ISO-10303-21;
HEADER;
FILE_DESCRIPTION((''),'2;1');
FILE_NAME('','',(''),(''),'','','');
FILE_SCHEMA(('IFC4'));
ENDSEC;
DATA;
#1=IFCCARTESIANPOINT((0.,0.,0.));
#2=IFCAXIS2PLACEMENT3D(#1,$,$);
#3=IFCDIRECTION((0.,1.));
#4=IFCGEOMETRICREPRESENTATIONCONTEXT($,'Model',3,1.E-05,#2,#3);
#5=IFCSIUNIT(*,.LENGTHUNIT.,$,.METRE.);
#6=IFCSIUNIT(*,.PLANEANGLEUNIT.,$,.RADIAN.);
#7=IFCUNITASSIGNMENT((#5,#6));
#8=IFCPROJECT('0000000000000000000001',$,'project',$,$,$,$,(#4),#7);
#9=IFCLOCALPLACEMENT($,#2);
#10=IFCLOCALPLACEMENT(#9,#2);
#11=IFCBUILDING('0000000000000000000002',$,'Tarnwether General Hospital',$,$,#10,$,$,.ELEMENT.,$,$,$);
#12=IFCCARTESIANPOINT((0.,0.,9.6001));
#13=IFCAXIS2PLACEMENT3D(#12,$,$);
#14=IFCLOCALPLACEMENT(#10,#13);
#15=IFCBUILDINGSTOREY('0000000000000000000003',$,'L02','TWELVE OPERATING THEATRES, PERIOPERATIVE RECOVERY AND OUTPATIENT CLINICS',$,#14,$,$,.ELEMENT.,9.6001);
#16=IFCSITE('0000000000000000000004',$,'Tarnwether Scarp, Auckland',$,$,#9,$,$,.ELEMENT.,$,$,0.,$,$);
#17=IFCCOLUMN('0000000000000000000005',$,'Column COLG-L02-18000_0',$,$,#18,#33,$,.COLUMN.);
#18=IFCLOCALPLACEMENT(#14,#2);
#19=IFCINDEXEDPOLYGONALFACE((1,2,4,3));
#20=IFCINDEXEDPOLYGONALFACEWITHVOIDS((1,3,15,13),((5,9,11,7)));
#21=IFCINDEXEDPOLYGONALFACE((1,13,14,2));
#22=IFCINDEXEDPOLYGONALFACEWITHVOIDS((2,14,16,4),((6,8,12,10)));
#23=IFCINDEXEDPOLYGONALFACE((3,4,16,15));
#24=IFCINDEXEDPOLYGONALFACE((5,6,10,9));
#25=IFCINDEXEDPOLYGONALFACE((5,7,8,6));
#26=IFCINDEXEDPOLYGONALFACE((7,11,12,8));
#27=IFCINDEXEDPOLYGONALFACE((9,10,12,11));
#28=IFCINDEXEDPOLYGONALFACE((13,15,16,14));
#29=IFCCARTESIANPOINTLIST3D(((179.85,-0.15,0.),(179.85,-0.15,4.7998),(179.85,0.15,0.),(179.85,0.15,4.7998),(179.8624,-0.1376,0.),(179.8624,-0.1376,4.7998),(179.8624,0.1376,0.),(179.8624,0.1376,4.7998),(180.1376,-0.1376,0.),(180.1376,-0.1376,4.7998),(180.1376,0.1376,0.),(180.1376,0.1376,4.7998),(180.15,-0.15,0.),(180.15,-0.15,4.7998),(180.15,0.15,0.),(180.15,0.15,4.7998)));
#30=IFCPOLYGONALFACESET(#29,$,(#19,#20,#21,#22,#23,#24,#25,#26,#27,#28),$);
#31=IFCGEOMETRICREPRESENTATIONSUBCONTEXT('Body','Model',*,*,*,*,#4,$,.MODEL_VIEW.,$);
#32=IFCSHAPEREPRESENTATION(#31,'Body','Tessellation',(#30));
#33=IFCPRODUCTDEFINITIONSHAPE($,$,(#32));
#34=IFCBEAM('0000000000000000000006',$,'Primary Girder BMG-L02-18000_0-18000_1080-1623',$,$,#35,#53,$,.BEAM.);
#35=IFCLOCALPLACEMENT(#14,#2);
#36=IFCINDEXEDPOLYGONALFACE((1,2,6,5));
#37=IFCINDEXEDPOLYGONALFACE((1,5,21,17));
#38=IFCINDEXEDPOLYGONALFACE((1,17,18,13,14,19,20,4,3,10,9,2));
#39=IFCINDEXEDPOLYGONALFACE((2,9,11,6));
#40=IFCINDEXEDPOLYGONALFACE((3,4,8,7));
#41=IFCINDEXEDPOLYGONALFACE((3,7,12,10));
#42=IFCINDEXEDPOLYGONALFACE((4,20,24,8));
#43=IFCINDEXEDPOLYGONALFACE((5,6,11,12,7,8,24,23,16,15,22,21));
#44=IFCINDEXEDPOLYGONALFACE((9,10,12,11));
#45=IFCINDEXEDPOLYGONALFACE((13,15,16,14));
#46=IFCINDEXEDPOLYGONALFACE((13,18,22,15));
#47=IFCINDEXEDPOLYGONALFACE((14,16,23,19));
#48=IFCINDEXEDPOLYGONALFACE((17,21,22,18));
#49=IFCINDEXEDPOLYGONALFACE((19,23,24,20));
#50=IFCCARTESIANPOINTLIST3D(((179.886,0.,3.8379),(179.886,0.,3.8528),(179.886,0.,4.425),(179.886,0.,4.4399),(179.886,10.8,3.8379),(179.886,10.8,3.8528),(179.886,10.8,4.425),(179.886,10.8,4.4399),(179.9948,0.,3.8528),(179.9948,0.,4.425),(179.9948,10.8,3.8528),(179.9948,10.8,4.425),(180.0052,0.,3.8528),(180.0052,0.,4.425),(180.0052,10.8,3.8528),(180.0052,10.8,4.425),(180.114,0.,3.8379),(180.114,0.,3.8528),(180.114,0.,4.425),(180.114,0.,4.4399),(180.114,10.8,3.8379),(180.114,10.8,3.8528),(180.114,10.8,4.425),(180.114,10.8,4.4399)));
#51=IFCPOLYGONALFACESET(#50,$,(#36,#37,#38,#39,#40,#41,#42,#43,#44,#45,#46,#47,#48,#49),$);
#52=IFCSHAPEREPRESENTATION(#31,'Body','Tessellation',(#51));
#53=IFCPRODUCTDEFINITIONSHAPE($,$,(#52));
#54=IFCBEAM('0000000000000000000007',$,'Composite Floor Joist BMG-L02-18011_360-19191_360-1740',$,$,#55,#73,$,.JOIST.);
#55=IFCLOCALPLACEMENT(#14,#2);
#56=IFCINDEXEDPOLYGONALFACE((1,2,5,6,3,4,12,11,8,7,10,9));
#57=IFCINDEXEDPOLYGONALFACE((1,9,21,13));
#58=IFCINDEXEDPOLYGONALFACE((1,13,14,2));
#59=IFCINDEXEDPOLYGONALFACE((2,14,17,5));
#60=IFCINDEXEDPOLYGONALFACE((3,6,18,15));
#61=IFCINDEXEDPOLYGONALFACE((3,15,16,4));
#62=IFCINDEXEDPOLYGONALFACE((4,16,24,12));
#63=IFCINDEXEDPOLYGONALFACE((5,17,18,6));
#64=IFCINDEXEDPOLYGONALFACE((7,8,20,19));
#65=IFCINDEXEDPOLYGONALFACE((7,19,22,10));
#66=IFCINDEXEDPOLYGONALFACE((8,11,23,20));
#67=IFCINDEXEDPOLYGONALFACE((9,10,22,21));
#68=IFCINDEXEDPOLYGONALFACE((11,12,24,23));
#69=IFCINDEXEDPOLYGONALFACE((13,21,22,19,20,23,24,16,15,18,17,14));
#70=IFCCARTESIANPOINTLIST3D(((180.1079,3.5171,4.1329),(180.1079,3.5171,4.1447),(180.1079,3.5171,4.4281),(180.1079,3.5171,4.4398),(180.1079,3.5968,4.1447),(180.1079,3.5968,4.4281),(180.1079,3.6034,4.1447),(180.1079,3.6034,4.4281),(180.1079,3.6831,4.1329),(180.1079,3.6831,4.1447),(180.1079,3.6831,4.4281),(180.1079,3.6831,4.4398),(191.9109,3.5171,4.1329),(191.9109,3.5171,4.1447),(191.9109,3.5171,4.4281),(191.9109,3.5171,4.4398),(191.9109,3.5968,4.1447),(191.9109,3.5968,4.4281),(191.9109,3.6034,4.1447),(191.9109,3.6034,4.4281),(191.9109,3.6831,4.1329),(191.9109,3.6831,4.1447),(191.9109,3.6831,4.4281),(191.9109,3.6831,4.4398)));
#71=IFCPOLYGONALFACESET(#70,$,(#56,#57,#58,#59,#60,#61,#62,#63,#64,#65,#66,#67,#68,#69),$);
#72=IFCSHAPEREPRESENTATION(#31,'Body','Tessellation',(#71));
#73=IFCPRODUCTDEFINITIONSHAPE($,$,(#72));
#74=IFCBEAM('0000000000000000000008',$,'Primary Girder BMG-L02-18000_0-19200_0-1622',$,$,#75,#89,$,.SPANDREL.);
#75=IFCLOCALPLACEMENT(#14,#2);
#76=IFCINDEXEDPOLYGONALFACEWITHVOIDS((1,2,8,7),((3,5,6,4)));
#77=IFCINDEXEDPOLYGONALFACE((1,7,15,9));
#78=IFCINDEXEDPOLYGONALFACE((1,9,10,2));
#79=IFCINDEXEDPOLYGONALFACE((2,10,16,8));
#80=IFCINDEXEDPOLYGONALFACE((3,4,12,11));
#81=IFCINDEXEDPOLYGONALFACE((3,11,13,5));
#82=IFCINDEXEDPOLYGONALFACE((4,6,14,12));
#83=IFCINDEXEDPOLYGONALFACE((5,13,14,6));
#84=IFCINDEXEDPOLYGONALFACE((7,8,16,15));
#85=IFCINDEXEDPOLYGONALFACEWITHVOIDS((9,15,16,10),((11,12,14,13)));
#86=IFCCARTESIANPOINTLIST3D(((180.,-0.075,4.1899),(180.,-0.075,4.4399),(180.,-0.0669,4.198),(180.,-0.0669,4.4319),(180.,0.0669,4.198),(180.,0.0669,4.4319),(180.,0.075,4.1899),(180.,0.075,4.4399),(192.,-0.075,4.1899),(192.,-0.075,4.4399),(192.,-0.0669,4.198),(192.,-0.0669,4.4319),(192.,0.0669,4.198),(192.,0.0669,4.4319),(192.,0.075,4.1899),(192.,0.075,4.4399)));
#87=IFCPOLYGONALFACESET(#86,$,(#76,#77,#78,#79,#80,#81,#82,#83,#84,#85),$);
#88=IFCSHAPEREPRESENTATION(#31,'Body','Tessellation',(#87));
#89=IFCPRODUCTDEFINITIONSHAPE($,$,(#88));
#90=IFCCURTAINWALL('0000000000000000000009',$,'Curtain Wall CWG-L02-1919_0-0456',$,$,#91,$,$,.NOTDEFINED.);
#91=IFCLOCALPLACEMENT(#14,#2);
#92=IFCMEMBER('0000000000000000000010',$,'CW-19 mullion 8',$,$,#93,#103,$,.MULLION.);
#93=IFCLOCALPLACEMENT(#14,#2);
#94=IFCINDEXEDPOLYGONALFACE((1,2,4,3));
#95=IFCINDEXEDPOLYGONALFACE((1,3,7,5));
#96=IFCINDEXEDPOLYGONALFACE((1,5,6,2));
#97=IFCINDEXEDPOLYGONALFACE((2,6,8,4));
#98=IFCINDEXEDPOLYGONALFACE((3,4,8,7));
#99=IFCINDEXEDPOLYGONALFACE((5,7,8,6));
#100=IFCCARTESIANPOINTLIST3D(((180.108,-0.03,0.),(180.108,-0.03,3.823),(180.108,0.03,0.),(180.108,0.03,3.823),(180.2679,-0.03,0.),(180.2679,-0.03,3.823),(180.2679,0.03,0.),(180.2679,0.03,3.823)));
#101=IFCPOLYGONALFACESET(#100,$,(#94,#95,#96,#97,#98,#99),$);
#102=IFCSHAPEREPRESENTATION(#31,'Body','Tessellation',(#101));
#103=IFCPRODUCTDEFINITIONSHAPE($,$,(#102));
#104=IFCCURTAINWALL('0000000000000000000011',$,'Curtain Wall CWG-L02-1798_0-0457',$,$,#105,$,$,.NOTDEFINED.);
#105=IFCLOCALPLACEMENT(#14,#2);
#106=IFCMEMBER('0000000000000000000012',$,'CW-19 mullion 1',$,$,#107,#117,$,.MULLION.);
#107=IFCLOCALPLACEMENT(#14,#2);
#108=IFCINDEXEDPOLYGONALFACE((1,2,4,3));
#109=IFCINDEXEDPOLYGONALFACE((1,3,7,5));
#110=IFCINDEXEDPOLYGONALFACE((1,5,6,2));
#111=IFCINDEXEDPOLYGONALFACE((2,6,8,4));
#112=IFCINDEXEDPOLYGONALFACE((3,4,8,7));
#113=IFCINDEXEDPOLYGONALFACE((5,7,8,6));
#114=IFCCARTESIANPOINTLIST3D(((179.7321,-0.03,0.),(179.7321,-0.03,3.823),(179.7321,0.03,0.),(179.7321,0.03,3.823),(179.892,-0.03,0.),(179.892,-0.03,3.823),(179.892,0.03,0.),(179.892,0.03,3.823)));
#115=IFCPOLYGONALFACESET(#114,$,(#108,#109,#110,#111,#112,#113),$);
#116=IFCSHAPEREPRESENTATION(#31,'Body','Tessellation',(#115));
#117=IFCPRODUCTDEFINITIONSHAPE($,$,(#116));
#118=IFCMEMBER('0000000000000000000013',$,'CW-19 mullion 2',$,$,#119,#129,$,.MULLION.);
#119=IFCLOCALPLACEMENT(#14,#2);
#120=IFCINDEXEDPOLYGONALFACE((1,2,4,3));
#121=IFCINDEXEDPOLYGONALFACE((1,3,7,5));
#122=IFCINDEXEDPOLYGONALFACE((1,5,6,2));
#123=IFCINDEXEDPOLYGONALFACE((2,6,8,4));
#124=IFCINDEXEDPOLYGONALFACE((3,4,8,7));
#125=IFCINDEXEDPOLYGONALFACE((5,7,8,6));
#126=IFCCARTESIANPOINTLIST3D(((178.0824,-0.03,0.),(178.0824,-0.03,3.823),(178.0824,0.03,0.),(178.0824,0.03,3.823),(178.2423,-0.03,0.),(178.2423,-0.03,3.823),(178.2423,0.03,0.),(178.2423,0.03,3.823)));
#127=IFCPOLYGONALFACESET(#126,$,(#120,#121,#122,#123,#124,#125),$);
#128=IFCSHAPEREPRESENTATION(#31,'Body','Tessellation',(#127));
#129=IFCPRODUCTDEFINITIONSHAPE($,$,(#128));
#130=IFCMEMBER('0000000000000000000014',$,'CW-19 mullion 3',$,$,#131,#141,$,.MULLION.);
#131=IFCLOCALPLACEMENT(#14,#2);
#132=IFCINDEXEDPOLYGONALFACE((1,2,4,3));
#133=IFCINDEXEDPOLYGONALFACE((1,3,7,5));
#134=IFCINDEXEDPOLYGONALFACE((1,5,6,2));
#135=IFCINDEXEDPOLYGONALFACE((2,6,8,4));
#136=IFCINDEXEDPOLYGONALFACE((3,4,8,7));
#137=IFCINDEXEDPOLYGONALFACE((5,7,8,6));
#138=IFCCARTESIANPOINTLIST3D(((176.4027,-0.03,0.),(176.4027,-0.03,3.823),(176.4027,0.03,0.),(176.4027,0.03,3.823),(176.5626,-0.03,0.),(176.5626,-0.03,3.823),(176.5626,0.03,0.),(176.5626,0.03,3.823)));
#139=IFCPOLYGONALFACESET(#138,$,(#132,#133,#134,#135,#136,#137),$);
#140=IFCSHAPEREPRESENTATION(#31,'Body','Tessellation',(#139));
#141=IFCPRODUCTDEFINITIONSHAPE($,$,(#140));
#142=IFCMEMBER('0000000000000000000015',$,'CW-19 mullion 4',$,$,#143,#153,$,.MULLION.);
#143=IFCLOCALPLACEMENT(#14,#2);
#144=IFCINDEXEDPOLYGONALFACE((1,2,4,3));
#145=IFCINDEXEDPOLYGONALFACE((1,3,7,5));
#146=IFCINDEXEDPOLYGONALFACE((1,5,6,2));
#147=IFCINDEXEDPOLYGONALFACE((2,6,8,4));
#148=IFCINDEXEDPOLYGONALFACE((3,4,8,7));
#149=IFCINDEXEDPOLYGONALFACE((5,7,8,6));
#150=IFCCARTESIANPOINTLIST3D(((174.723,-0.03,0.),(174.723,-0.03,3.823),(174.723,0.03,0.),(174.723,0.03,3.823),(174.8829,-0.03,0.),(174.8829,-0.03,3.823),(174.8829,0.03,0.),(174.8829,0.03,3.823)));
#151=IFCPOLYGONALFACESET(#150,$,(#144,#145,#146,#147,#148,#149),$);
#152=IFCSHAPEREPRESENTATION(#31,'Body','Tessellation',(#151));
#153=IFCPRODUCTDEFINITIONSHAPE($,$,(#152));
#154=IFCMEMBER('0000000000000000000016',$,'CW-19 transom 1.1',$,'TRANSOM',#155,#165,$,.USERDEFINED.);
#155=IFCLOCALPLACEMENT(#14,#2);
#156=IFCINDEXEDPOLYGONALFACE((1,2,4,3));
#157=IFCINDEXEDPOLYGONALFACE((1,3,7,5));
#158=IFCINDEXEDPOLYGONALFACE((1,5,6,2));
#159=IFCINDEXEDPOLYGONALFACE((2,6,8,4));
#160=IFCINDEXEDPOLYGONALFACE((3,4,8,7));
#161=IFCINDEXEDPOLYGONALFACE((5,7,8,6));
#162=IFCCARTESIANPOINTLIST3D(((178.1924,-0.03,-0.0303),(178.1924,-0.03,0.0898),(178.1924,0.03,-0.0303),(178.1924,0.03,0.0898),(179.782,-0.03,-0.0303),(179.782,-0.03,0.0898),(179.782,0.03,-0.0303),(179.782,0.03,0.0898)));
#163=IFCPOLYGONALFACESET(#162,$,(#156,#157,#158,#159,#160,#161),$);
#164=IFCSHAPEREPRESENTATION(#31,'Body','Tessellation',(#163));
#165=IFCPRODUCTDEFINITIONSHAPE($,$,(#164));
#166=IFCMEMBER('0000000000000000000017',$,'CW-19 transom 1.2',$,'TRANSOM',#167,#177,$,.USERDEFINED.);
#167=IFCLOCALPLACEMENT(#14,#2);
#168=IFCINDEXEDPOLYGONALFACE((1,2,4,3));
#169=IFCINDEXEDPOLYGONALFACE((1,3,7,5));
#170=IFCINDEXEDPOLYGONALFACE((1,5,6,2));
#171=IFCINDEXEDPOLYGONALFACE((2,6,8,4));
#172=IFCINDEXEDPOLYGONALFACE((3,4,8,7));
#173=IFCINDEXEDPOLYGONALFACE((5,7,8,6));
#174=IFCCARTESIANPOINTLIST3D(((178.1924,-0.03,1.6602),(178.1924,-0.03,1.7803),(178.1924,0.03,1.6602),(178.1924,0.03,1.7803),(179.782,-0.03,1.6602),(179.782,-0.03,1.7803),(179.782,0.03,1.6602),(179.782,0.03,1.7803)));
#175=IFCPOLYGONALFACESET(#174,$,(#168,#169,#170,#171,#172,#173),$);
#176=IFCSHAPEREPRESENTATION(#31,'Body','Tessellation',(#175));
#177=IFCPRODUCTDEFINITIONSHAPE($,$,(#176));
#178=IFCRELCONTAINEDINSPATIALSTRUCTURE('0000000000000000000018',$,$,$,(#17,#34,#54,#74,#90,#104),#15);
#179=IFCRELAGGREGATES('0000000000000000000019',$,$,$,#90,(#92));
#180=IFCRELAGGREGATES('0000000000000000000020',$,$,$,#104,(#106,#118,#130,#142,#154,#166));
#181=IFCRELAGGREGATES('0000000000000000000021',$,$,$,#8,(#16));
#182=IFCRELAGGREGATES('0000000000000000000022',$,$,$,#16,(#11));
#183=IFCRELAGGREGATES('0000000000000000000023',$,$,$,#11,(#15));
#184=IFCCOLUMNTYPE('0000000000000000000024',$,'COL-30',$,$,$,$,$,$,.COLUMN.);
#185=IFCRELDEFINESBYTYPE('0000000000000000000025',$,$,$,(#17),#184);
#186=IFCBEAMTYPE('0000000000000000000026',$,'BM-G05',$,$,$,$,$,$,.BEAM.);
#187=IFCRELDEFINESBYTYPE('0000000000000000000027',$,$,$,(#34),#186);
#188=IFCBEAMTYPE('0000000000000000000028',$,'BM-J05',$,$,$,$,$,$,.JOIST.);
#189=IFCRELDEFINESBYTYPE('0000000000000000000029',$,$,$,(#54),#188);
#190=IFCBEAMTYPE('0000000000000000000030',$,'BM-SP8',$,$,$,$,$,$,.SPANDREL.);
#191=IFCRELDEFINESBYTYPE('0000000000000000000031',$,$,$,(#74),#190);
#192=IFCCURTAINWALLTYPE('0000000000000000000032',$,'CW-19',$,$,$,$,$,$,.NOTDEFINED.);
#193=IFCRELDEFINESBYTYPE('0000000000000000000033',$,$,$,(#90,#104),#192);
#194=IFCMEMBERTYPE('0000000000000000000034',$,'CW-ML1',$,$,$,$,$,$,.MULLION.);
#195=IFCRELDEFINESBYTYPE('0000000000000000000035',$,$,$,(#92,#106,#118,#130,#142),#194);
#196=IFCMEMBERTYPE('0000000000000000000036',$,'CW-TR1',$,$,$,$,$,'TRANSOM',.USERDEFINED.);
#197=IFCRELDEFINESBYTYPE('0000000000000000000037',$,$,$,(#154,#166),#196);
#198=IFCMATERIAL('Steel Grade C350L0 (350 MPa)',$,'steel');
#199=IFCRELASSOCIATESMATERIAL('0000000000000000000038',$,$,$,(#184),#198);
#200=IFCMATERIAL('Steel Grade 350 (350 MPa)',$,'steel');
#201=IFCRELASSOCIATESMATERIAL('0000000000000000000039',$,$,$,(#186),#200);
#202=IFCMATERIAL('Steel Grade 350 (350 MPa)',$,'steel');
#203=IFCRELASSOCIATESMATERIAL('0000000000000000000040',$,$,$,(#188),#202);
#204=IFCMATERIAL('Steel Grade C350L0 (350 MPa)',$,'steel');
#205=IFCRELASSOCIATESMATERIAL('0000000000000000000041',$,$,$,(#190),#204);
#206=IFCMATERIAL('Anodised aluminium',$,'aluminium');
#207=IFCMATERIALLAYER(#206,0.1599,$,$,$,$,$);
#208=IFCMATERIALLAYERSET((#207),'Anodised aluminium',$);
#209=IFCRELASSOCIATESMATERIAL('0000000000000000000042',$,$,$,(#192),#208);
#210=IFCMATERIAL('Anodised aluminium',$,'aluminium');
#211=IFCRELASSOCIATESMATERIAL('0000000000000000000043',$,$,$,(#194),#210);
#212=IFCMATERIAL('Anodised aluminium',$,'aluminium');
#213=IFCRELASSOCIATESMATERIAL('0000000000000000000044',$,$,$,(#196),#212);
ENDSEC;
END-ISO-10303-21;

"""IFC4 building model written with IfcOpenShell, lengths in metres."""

from ifc_helpers import new_model, si_unit, direction, frame, origin, origin_2d, place, context, subcontext, project, spatial, rectangle, hollow_rectangle, i_section, extrude, material, layer, layer_set, material_profile, profile_set, type_object, element, aggregate, save


model = new_model("IFC4")

# Units and contexts
model_context = context("Model", 3, precision=1e-05, world=origin(), true_north=direction((0.0, 1.0)))
body_context = subcontext(model_context, "Body", "Model", "MODEL_VIEW")
ifc_project = project(units=[si_unit("LENGTHUNIT", "METRE"), si_unit("PLANEANGLEUNIT", "RADIAN")], contexts=[model_context])

# Site, building, storey
site_placement = place(None, origin())
site = spatial("IfcSite", under=ifc_project, at=site_placement, Name="Tarnwether Scarp, Auckland", CompositionType="ELEMENT", RefElevation=0.0)
building_placement = place(site_placement, origin())
building = spatial("IfcBuilding", under=site, at=building_placement, Name="Tarnwether General Hospital", CompositionType="ELEMENT")
storey_placement = place(building_placement, frame((0.0, 0.0, 9.6001)))
storey = spatial("IfcBuildingStorey", under=building, at=storey_placement, Name="L02", Description="TWELVE OPERATING THEATRES, PERIOPERATIVE RECOVERY AND OUTPATIENT CLINICS", CompositionType="ELEMENT", Elevation=9.6001)

# Column
ifc_material_1 = material(Name="Steel Grade C350L0 (350 MPa)", Category="steel")
ifc_material_profile_1 = material_profile(ifc_material_1, hollow_rectangle(XDim=0.3, YDim=0.3, WallThickness=0.0125, at=origin_2d()), Name="SHS300x300x12.5")
ifc_profile_set_1 = profile_set([ifc_material_profile_1], Name="Steel Grade C350L0 (350 MPa)")
column_type = type_object("IfcColumnType", Name="COL-30", PredefinedType="COLUMN", material=ifc_profile_set_1)
column_placement = place(storey_placement, frame((180.0, 0.0, 0.0), z_axis=(0.0, 0.0, 1.0), x_axis=(0.0, 1.0, 0.0)))
element("IfcColumn", 1, at=column_placement, inside=storey, type_object=column_type, Name="Column COLG-L02-18000_0", PredefinedType="COLUMN", context=body_context, shape_type="SweptSolid", body=[
    extrude(hollow_rectangle(XDim=0.3, YDim=0.3, WallThickness=0.0125, at=origin_2d()), origin(), (0.0, 0.0, 1.0), 4.7998),
])

# Beams
ifc_material_2 = material(Name="Steel Grade 350 (350 MPa)", Category="steel")
ifc_material_profile_2 = material_profile(ifc_material_2, i_section(OverallWidth=0.228, OverallDepth=0.6021, WebThickness=0.0105, FlangeThickness=0.0149, at=origin_2d()), Name="610UB101")
ifc_profile_set_2 = profile_set([ifc_material_profile_2], Name="Steel Grade 350 (350 MPa)")
beam_type_1 = type_object("IfcBeamType", Name="BM-G05", PredefinedType="BEAM", material=ifc_profile_set_2)
beam_1_placement = place(storey_placement, frame((180.0, 0.0, 4.1389), z_axis=(0.0, 1.0, 0.0), x_axis=(-1.0, 0.0, 0.0)))
element("IfcBeam", 2, at=beam_1_placement, inside=storey, type_object=beam_type_1, Name="Primary Girder BMG-L02-18000_0-18000_1080-1623", PredefinedType="BEAM", context=body_context, shape_type="SweptSolid", body=[
    extrude(i_section(OverallWidth=0.228, OverallDepth=0.6021, WebThickness=0.0105, FlangeThickness=0.0149, at=origin_2d()), origin(), (0.0, 0.0, 1.0), 10.8),
])
ifc_material_3 = material(Name="Steel Grade 350 (350 MPa)", Category="steel")
ifc_material_profile_3 = material_profile(ifc_material_3, i_section(OverallWidth=0.166, OverallDepth=0.3069, WebThickness=0.0066, FlangeThickness=0.0117, at=origin_2d()), Name="310UB46.2")
ifc_profile_set_3 = profile_set([ifc_material_profile_3], Name="Steel Grade 350 (350 MPa)")
beam_type_2 = type_object("IfcBeamType", Name="BM-J05", PredefinedType="JOIST", material=ifc_profile_set_3)
beam_2_placement = place(storey_placement, frame((180.1079, 3.6001, 4.2864), z_axis=(1.0, 0.0, 0.0), x_axis=(0.0, 1.0, 0.0)))
element("IfcBeam", 3, at=beam_2_placement, inside=storey, type_object=beam_type_2, Name="Composite Floor Joist BMG-L02-18011_360-19191_360-1740", PredefinedType="JOIST", context=body_context, shape_type="SweptSolid", body=[
    extrude(i_section(OverallWidth=0.166, OverallDepth=0.3069, WebThickness=0.0066, FlangeThickness=0.0117, at=origin_2d()), origin(), (0.0, 0.0, 1.0), 11.803),
])
ifc_material_4 = material(Name="Steel Grade C350L0 (350 MPa)", Category="steel")
ifc_material_profile_4 = material_profile(ifc_material_4, hollow_rectangle(XDim=0.1499, YDim=0.25, WallThickness=0.0081, at=origin_2d()), Name="RHS250x150x8")
ifc_profile_set_4 = profile_set([ifc_material_profile_4], Name="Steel Grade C350L0 (350 MPa)")
beam_type_3 = type_object("IfcBeamType", Name="BM-SP8", PredefinedType="SPANDREL", material=ifc_profile_set_4)
beam_3_placement = place(storey_placement, frame((180.0, 0.0, 4.3149), z_axis=(1.0, 0.0, 0.0), x_axis=(0.0, 1.0, 0.0)))
element("IfcBeam", 4, at=beam_3_placement, inside=storey, type_object=beam_type_3, Name="Primary Girder BMG-L02-18000_0-19200_0-1622", PredefinedType="SPANDREL", context=body_context, shape_type="SweptSolid", body=[
    extrude(hollow_rectangle(XDim=0.1499, YDim=0.25, WallThickness=0.0081, at=origin_2d()), origin(), (0.0, 0.0, 1.0), 12.0),
])

# Curtain wall, member
ifc_material_5 = material(Name="Anodised aluminium", Category="aluminium")
ifc_layer_1 = layer(ifc_material_5, 0.1599)
ifc_layer_set_1 = layer_set([ifc_layer_1], Name="Anodised aluminium")
curtain_wall_type = type_object("IfcCurtainWallType", Name="CW-19", PredefinedType="NOTDEFINED", material=ifc_layer_set_1)
curtain_wall_1_placement = place(storey_placement, origin())
curtain_wall_1 = element("IfcCurtainWall", 5, at=curtain_wall_1_placement, inside=storey, type_object=curtain_wall_type, Name="Curtain Wall CWG-L02-1919_0-0456", PredefinedType="NOTDEFINED")
ifc_material_6 = material(Name="Anodised aluminium", Category="aluminium")
ifc_material_profile_5 = material_profile(ifc_material_6, rectangle(XDim=0.0601, YDim=0.1599, at=origin_2d()), Name="ALU-MUL-60x160")
ifc_profile_set_5 = profile_set([ifc_material_profile_5], Name="Anodised aluminium")
member_type_1 = type_object("IfcMemberType", Name="CW-ML1", PredefinedType="MULLION", material=ifc_profile_set_5)
member_1_placement = place(storey_placement, frame((180.188, 0.0, 0.0), z_axis=(0.0, 0.0, 1.0), x_axis=(0.0, -1.0, 0.0)))
member_1 = element("IfcMember", 6, at=member_1_placement, type_object=member_type_1, Name="CW-19 mullion 8", PredefinedType="MULLION", context=body_context, shape_type="SweptSolid", body=[
    extrude(rectangle(XDim=0.0601, YDim=0.1599, at=origin_2d()), origin(), (0.0, 0.0, 1.0), 3.823),
])
aggregate(curtain_wall_1, [member_1])

# Curtain wall, members
curtain_wall_2_placement = place(storey_placement, origin())
curtain_wall_2 = element("IfcCurtainWall", 7, at=curtain_wall_2_placement, inside=storey, type_object=curtain_wall_type, Name="Curtain Wall CWG-L02-1798_0-0457", PredefinedType="NOTDEFINED")
member_2_placement = place(storey_placement, frame((179.812, 0.0, 0.0), z_axis=(0.0, 0.0, 1.0), x_axis=(0.0, -1.0, 0.0)))
member_2 = element("IfcMember", 8, at=member_2_placement, type_object=member_type_1, Name="CW-19 mullion 1", PredefinedType="MULLION", context=body_context, shape_type="SweptSolid", body=[
    extrude(rectangle(XDim=0.0601, YDim=0.1599, at=origin_2d()), origin(), (0.0, 0.0, 1.0), 3.823),
])
member_3_placement = place(storey_placement, frame((178.1624, 0.0, 0.0), z_axis=(0.0, 0.0, 1.0), x_axis=(0.0, -1.0, 0.0)))
member_3 = element("IfcMember", 9, at=member_3_placement, type_object=member_type_1, Name="CW-19 mullion 2", PredefinedType="MULLION", context=body_context, shape_type="SweptSolid", body=[
    extrude(rectangle(XDim=0.0601, YDim=0.1599, at=origin_2d()), origin(), (0.0, 0.0, 1.0), 3.823),
])
member_4_placement = place(storey_placement, frame((176.4827, 0.0, 0.0), z_axis=(0.0, 0.0, 1.0), x_axis=(0.0, -1.0, 0.0)))
member_4 = element("IfcMember", 10, at=member_4_placement, type_object=member_type_1, Name="CW-19 mullion 3", PredefinedType="MULLION", context=body_context, shape_type="SweptSolid", body=[
    extrude(rectangle(XDim=0.0601, YDim=0.1599, at=origin_2d()), origin(), (0.0, 0.0, 1.0), 3.823),
])
member_5_placement = place(storey_placement, frame((174.803, 0.0, 0.0), z_axis=(0.0, 0.0, 1.0), x_axis=(0.0, -1.0, 0.0)))
member_5 = element("IfcMember", 11, at=member_5_placement, type_object=member_type_1, Name="CW-19 mullion 4", PredefinedType="MULLION", context=body_context, shape_type="SweptSolid", body=[
    extrude(rectangle(XDim=0.0601, YDim=0.1599, at=origin_2d()), origin(), (0.0, 0.0, 1.0), 3.823),
])
ifc_material_7 = material(Name="Anodised aluminium", Category="aluminium")
ifc_material_profile_6 = material_profile(ifc_material_7, rectangle(XDim=0.0601, YDim=0.1201, at=origin_2d()), Name="ALU-TRN-60x120")
ifc_profile_set_6 = profile_set([ifc_material_profile_6], Name="Anodised aluminium")
member_type_2 = type_object("IfcMemberType", Name="CW-TR1", ElementType="TRANSOM", PredefinedType="USERDEFINED", material=ifc_profile_set_6)
member_6_placement = place(storey_placement, frame((179.782, 0.0, 0.0298), z_axis=(-1.0, 0.0, 0.0), x_axis=(0.0, -1.0, 0.0)))
member_6 = element("IfcMember", 12, at=member_6_placement, type_object=member_type_2, Name="CW-19 transom 1.1", ObjectType="TRANSOM", PredefinedType="USERDEFINED", context=body_context, shape_type="SweptSolid", body=[
    extrude(rectangle(XDim=0.0601, YDim=0.1201, at=origin_2d()), origin(), (0.0, 0.0, 1.0), 1.5896),
])
member_7_placement = place(storey_placement, frame((179.782, 0.0, 1.7202), z_axis=(-1.0, 0.0, 0.0), x_axis=(0.0, -1.0, 0.0)))
member_7 = element("IfcMember", 13, at=member_7_placement, type_object=member_type_2, Name="CW-19 transom 1.2", ObjectType="TRANSOM", PredefinedType="USERDEFINED", context=body_context, shape_type="SweptSolid", body=[
    extrude(rectangle(XDim=0.0601, YDim=0.1201, at=origin_2d()), origin(), (0.0, 0.0, 1.0), 1.5896),
])
aggregate(curtain_wall_2, [member_2, member_3, member_4, member_5, member_6, member_7])

save(model, "model.ifc")
